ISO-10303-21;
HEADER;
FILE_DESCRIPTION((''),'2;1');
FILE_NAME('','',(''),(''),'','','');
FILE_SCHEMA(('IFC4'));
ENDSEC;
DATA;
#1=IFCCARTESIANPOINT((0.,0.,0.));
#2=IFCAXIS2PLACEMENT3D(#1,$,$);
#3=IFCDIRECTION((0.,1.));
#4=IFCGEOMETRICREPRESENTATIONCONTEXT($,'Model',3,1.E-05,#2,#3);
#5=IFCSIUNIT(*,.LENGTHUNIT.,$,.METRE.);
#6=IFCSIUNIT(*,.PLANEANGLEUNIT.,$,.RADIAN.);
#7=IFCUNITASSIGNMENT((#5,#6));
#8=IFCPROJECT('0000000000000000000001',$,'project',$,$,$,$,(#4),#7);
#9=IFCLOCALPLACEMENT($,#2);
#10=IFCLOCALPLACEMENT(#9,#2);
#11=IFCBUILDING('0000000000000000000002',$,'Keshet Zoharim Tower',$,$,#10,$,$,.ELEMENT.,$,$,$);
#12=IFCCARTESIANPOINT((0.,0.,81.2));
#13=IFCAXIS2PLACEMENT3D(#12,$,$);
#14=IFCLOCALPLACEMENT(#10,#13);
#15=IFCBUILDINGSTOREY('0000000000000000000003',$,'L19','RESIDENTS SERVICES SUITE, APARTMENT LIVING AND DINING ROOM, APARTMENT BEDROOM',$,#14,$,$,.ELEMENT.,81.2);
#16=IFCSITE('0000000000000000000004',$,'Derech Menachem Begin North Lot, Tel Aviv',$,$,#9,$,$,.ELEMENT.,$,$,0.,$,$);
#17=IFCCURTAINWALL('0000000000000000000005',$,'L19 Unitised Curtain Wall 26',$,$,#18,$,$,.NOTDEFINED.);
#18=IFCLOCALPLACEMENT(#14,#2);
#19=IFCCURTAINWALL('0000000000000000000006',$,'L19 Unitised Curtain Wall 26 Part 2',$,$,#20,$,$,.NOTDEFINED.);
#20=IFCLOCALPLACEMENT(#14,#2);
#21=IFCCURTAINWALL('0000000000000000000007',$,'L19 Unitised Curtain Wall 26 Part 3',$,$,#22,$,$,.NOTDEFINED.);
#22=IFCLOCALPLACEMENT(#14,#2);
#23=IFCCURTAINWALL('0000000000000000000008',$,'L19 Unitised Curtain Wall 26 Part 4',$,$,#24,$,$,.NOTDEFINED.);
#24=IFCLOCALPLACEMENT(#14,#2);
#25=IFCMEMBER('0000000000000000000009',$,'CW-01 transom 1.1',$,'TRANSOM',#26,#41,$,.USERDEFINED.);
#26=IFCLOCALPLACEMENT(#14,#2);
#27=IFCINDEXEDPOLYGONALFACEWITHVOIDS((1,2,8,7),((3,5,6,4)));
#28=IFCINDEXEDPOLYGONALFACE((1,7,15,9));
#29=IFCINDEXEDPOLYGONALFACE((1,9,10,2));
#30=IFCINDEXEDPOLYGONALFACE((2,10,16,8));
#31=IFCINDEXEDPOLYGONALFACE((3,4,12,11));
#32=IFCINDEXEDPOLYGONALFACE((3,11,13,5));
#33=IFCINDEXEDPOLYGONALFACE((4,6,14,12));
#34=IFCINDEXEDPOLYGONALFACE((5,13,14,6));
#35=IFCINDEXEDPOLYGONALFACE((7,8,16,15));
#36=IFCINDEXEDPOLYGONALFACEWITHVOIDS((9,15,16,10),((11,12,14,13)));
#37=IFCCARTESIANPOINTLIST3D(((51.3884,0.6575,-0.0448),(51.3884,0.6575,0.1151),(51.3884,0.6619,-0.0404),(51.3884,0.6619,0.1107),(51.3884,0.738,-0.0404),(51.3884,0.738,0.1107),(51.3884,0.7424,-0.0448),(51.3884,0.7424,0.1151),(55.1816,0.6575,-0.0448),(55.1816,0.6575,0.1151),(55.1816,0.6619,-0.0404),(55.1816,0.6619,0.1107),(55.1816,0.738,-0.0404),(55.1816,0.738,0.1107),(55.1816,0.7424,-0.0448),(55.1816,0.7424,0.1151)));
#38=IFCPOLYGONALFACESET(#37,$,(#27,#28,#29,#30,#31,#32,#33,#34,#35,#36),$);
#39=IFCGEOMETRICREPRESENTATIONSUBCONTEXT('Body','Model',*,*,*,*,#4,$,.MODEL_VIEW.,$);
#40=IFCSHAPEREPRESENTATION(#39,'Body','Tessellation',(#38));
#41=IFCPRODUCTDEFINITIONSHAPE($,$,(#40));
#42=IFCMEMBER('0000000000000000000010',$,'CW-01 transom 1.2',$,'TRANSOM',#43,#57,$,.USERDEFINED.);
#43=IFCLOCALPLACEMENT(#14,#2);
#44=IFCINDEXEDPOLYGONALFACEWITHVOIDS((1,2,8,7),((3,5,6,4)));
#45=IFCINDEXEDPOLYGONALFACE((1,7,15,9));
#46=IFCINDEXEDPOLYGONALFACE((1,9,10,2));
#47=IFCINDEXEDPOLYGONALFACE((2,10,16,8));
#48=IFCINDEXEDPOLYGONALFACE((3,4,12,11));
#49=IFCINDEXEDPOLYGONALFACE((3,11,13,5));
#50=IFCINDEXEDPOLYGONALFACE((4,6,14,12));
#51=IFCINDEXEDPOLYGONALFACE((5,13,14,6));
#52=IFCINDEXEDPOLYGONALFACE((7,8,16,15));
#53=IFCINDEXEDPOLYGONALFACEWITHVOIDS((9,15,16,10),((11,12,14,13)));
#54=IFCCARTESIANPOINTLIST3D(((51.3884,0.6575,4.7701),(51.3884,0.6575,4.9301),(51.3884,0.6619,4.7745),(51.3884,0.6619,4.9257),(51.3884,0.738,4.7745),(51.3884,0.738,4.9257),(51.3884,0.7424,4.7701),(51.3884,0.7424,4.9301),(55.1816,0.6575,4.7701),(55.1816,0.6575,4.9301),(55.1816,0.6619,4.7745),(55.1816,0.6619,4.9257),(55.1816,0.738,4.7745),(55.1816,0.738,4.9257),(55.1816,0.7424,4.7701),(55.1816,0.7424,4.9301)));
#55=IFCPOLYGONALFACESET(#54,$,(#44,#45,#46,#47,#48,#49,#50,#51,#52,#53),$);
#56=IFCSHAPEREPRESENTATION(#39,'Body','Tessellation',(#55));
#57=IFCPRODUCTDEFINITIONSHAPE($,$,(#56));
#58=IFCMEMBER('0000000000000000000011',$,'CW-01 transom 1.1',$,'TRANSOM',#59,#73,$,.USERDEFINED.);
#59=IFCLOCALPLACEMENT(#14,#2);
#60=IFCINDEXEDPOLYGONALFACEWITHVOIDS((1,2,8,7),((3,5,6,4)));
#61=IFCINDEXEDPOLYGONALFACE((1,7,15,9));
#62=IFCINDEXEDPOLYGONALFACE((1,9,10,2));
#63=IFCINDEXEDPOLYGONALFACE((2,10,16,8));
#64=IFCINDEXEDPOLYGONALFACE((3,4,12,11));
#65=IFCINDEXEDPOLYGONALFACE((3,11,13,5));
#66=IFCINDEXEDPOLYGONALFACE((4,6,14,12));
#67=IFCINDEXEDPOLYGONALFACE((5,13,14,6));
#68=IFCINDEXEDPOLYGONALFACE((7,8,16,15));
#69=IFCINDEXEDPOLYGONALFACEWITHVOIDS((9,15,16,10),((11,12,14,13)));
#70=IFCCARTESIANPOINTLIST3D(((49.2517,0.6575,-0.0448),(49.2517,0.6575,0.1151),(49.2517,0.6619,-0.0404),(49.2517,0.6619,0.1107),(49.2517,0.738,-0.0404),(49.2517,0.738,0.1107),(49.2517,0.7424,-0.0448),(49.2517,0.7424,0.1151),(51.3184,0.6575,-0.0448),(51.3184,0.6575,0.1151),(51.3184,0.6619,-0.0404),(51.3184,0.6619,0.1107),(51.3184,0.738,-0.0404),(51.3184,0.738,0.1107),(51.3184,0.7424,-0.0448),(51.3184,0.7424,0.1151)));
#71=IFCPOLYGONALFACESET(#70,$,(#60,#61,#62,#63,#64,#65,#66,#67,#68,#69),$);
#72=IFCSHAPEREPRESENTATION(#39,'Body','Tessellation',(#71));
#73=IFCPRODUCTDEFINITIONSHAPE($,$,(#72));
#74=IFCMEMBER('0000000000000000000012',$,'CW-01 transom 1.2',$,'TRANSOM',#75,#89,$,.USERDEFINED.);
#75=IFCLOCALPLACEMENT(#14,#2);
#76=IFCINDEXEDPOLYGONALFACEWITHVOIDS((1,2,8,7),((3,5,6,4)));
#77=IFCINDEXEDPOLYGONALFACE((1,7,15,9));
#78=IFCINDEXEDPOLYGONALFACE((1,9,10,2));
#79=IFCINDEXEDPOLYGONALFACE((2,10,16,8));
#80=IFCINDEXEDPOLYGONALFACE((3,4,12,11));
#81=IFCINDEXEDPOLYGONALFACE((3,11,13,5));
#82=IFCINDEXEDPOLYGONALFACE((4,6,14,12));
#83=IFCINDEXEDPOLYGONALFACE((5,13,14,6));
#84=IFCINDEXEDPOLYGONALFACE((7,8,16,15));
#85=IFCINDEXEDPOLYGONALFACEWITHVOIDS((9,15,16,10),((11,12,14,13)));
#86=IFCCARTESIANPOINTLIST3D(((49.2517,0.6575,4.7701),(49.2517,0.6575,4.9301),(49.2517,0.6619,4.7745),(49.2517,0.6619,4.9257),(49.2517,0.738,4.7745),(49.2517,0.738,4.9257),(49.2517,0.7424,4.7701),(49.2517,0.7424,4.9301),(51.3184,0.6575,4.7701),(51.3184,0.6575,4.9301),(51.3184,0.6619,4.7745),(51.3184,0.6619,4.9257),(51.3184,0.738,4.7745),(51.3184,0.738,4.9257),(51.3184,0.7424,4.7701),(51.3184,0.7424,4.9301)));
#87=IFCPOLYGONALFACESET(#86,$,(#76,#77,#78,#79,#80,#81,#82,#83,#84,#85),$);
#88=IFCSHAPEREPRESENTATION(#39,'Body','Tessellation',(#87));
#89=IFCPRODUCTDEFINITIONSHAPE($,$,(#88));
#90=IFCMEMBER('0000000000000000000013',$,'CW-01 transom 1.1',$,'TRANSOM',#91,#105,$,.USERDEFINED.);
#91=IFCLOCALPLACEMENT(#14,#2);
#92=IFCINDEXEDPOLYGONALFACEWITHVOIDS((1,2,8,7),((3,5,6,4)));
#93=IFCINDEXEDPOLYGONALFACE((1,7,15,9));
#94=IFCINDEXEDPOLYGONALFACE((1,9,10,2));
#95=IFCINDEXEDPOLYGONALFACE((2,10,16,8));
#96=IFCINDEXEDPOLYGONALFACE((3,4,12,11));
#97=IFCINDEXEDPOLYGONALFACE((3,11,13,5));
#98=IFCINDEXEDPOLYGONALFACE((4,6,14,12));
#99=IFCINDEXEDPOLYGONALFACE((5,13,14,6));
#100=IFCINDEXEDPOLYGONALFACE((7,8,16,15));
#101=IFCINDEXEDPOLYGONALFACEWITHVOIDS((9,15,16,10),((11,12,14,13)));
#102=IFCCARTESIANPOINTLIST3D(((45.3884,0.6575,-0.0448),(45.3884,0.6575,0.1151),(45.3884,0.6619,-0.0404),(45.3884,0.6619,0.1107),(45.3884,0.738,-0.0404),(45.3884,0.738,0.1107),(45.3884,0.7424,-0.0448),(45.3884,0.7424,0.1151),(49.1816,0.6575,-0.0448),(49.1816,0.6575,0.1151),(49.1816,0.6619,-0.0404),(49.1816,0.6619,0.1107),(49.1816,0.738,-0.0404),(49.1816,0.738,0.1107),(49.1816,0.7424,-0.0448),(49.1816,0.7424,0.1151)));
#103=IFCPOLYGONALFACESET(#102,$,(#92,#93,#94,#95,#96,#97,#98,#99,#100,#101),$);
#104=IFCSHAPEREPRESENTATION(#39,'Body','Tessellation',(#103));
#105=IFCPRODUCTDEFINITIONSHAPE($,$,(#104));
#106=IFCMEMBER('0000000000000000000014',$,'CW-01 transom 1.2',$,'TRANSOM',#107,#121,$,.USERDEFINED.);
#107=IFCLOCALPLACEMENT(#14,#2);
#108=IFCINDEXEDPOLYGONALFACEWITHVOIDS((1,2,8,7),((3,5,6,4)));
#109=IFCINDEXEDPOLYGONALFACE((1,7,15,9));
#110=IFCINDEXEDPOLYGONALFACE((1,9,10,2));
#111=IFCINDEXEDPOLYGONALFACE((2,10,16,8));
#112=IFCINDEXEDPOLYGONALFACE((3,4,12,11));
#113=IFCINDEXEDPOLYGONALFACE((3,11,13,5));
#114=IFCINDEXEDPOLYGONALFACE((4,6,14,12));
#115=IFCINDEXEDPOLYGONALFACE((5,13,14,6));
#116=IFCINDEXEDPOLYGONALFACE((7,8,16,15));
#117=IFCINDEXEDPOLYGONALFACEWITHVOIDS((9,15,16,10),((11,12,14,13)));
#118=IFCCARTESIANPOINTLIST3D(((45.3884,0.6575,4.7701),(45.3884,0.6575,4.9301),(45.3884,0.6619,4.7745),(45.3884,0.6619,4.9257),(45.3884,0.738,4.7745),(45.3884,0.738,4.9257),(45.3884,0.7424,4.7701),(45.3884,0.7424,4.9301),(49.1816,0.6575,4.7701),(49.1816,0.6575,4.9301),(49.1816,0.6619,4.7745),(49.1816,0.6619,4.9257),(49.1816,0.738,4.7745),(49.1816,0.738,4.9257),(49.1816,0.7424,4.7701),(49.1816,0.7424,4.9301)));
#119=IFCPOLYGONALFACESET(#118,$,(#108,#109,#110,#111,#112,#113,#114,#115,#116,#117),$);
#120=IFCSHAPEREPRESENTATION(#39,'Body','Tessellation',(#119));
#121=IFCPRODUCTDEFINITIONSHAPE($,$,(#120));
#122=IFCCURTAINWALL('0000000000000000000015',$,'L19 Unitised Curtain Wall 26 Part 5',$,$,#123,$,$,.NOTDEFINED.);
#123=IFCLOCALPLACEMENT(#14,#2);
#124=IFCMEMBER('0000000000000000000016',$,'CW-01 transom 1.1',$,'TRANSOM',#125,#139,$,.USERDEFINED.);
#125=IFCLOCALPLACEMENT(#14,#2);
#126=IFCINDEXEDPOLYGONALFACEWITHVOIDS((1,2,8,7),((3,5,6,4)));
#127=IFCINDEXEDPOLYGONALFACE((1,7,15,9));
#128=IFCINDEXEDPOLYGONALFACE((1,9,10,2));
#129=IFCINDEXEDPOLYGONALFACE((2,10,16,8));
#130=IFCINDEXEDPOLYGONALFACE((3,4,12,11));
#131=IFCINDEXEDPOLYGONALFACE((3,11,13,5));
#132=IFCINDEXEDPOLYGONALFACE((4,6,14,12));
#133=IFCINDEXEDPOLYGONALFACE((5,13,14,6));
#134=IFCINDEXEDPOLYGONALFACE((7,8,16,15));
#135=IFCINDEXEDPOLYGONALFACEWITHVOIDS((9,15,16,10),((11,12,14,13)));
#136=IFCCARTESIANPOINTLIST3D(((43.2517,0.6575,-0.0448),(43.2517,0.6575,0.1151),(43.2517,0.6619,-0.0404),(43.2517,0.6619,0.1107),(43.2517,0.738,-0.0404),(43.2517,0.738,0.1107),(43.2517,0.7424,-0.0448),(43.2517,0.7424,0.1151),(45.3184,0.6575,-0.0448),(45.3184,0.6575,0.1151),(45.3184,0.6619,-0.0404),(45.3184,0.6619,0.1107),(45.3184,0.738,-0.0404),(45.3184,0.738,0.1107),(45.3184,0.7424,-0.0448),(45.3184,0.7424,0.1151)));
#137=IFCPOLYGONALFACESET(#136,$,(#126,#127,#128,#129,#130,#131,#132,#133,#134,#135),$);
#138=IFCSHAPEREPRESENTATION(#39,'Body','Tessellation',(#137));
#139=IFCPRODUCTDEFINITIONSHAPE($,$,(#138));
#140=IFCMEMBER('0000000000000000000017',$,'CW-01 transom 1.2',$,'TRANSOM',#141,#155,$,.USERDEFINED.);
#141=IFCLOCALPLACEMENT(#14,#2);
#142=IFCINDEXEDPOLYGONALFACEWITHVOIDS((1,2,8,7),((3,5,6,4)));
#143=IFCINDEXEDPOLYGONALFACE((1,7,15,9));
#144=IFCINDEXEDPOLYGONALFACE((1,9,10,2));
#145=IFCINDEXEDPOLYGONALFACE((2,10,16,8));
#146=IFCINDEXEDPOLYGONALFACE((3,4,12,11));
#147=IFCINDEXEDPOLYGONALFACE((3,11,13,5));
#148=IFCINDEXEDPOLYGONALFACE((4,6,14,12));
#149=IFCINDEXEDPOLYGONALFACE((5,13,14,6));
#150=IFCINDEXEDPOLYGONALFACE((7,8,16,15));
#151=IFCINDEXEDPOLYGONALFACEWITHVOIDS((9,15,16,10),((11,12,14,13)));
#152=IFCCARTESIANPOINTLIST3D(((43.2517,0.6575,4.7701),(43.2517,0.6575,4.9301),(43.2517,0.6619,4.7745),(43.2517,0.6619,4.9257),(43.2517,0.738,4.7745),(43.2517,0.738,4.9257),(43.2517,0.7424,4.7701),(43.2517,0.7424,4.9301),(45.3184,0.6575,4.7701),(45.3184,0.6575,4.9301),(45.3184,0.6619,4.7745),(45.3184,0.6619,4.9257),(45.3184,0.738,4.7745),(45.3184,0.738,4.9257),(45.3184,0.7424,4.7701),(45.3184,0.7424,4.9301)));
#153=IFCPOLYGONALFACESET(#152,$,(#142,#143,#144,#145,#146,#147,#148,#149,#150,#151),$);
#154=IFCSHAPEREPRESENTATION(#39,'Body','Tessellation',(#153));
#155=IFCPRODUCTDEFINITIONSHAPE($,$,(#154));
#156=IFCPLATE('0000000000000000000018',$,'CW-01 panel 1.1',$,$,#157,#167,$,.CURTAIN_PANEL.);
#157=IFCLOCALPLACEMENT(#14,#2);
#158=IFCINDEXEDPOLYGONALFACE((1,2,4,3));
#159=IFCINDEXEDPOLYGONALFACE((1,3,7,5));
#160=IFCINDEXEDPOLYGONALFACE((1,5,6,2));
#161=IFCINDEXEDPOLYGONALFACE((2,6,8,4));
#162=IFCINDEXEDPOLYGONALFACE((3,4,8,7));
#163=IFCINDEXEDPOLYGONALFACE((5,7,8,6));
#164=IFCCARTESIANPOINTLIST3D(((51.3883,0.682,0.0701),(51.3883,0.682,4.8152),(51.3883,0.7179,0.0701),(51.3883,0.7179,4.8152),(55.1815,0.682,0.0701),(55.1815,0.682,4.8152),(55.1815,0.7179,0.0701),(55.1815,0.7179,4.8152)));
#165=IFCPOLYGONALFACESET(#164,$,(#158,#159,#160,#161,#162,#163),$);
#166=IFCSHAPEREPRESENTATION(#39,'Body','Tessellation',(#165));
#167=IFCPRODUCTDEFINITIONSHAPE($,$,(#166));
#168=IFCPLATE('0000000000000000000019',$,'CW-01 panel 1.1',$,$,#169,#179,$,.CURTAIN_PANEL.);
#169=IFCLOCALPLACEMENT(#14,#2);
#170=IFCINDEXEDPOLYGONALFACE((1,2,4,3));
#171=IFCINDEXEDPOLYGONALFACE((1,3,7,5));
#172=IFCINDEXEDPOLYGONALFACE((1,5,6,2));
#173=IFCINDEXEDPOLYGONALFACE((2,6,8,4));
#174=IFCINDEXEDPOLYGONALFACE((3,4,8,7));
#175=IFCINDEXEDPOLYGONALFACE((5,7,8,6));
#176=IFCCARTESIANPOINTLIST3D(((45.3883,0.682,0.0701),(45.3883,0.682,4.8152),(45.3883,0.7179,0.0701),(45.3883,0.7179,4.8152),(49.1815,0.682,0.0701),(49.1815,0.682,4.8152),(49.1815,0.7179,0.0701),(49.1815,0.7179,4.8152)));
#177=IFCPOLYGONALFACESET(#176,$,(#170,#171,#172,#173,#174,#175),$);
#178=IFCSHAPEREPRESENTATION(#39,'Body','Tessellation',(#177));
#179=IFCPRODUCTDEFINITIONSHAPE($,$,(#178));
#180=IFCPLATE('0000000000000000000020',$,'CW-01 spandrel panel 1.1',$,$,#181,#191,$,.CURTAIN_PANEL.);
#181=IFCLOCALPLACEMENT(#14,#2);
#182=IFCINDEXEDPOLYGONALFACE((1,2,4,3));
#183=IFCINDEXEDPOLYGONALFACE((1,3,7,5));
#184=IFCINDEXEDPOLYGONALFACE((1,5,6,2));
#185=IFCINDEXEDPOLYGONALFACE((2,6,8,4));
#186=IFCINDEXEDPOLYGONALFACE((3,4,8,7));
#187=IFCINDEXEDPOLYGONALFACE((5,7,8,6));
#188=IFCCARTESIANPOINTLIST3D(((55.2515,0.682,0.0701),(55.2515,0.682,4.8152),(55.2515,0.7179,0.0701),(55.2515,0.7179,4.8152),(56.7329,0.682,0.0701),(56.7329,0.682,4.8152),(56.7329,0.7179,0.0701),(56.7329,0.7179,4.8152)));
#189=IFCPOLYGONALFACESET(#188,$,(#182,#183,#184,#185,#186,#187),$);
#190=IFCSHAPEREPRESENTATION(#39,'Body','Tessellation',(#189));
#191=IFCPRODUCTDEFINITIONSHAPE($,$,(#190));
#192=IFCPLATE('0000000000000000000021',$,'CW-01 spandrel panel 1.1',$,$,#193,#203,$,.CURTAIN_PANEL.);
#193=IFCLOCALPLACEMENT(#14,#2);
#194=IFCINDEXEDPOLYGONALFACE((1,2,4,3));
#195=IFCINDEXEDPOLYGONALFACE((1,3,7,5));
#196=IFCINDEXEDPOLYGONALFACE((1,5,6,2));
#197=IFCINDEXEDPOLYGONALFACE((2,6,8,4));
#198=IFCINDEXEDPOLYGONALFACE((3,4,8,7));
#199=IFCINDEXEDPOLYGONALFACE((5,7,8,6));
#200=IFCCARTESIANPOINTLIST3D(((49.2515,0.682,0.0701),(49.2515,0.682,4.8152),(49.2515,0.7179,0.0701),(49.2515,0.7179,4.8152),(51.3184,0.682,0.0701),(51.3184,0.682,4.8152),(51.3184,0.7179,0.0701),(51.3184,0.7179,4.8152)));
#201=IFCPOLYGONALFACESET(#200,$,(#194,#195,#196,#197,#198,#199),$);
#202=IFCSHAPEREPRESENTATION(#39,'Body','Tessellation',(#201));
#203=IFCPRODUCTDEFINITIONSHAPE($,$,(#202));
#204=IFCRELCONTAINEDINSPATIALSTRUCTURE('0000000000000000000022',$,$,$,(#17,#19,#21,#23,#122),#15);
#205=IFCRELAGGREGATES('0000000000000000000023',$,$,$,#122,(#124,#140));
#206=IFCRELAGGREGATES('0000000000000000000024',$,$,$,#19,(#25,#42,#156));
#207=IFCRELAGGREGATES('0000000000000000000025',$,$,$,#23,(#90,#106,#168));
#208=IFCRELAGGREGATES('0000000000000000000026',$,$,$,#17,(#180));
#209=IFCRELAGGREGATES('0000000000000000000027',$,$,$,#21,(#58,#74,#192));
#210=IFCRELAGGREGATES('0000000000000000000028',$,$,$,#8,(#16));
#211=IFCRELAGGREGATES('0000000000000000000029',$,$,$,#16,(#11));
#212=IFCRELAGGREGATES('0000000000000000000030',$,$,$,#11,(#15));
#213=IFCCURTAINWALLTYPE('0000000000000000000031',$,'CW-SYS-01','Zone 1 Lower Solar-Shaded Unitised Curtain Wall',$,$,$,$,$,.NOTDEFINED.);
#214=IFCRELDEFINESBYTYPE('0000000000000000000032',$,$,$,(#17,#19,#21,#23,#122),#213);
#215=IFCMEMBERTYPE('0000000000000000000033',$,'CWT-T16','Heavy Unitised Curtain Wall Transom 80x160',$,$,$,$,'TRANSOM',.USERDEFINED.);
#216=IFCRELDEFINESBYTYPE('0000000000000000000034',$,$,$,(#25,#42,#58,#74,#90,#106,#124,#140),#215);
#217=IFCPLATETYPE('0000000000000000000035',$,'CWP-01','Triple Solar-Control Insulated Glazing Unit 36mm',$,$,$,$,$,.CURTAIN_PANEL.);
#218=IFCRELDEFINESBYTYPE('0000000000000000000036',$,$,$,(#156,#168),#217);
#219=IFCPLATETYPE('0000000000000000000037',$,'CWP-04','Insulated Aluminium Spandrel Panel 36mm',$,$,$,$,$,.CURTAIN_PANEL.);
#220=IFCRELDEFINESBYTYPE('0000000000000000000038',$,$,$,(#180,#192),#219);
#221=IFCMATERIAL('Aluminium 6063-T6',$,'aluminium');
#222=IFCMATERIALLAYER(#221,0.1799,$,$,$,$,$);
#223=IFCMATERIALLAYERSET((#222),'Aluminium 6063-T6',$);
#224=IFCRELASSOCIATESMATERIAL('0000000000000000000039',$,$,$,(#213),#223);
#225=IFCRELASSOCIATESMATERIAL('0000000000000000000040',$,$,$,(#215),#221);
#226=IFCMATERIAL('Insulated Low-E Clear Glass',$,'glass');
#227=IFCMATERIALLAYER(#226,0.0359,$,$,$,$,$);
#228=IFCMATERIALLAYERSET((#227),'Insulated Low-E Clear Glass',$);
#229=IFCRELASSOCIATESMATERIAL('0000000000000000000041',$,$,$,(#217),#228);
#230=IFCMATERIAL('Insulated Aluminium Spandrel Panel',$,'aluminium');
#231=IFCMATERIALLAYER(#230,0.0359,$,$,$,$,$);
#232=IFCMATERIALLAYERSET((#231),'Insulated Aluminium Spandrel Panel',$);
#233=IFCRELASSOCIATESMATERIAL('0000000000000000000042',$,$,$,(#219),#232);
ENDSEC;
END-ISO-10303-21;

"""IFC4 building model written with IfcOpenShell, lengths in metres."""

from ifc_helpers import new_model, si_unit, direction, frame, origin, origin_2d, place, context, subcontext, project, spatial, rectangle, hollow_rectangle, extrude, material, layer, layer_set, material_profile, profile_set, type_object, element, aggregate, save


model = new_model("IFC4")

# Units and contexts
model_context = context("Model", 3, precision=1e-05, world=origin(), true_north=direction((0.0, 1.0)))
body_context = subcontext(model_context, "Body", "Model", "MODEL_VIEW")
ifc_project = project(units=[si_unit("LENGTHUNIT", "METRE"), si_unit("PLANEANGLEUNIT", "RADIAN")], contexts=[model_context])

# Site, building, storey
site_placement = place(None, origin())
site = spatial("IfcSite", under=ifc_project, at=site_placement, Name="Derech Menachem Begin North Lot, Tel Aviv", CompositionType="ELEMENT", RefElevation=0.0)
building_placement = place(site_placement, origin())
building = spatial("IfcBuilding", under=site, at=building_placement, Name="Keshet Zoharim Tower", CompositionType="ELEMENT")
storey_placement = place(building_placement, frame((0.0, 0.0, 81.2)))
storey = spatial("IfcBuildingStorey", under=building, at=storey_placement, Name="L19", Description="RESIDENTS SERVICES SUITE, APARTMENT LIVING AND DINING ROOM, APARTMENT BEDROOM", CompositionType="ELEMENT", Elevation=81.2)

# Curtain walls
ifc_material_1 = material(Name="Aluminium 6063-T6", Category="aluminium")
ifc_layer_1 = layer(ifc_material_1, 0.1799)
ifc_layer_set_1 = layer_set([ifc_layer_1], Name="Aluminium 6063-T6")
curtain_wall_type = type_object("IfcCurtainWallType", Name="CW-SYS-01", Description="Zone 1 Lower Solar-Shaded Unitised Curtain Wall", PredefinedType="NOTDEFINED", material=ifc_layer_set_1)
curtain_wall_1_placement = place(storey_placement, origin())
curtain_wall_1 = element("IfcCurtainWall", 1, at=curtain_wall_1_placement, inside=storey, type_object=curtain_wall_type, Name="L19 Unitised Curtain Wall 26", PredefinedType="NOTDEFINED")
curtain_wall_2_placement = place(storey_placement, origin())
curtain_wall_2 = element("IfcCurtainWall", 2, at=curtain_wall_2_placement, inside=storey, type_object=curtain_wall_type, Name="L19 Unitised Curtain Wall 26 Part 2", PredefinedType="NOTDEFINED")
curtain_wall_3_placement = place(storey_placement, origin())
curtain_wall_3 = element("IfcCurtainWall", 3, at=curtain_wall_3_placement, inside=storey, type_object=curtain_wall_type, Name="L19 Unitised Curtain Wall 26 Part 3", PredefinedType="NOTDEFINED")
curtain_wall_4_placement = place(storey_placement, origin())
curtain_wall_4 = element("IfcCurtainWall", 4, at=curtain_wall_4_placement, inside=storey, type_object=curtain_wall_type, Name="L19 Unitised Curtain Wall 26 Part 4", PredefinedType="NOTDEFINED")

# Members
ifc_material_profile_1 = material_profile(ifc_material_1, hollow_rectangle(XDim=0.085, YDim=0.1599, WallThickness=0.0044, at=origin_2d()), Name="TRN-85x160")
ifc_profile_set_1 = profile_set([ifc_material_profile_1], Name="Aluminium 6063-T6")
member_type_1 = type_object("IfcMemberType", Name="CWT-T16", Description="Heavy Unitised Curtain Wall Transom 80x160", ElementType="TRANSOM", PredefinedType="USERDEFINED", material=ifc_profile_set_1)
member_1_placement = place(storey_placement, frame((55.1816, 0.7, 0.0352), z_axis=(-1.0, 0.0, 0.0), x_axis=(0.0, -1.0, 0.0)))
member_1 = element("IfcMember", 5, at=member_1_placement, type_object=member_type_1, Name="CW-01 transom 1.1", ObjectType="TRANSOM", PredefinedType="USERDEFINED", context=body_context, shape_type="SweptSolid", body=[
    extrude(hollow_rectangle(XDim=0.085, YDim=0.1599, WallThickness=0.0044, at=origin_2d()), origin(), (0.0, 0.0, 1.0), 3.7932),
])
member_2_placement = place(storey_placement, frame((55.1816, 0.7, 4.8501), z_axis=(-1.0, 0.0, 0.0), x_axis=(0.0, -1.0, 0.0)))
member_2 = element("IfcMember", 6, at=member_2_placement, type_object=member_type_1, Name="CW-01 transom 1.2", ObjectType="TRANSOM", PredefinedType="USERDEFINED", context=body_context, shape_type="SweptSolid", body=[
    extrude(hollow_rectangle(XDim=0.085, YDim=0.1599, WallThickness=0.0044, at=origin_2d()), origin(), (0.0, 0.0, 1.0), 3.7932),
])
member_3_placement = place(storey_placement, frame((51.3184, 0.7, 0.0352), z_axis=(-1.0, 0.0, 0.0), x_axis=(0.0, -1.0, 0.0)))
member_3 = element("IfcMember", 7, at=member_3_placement, type_object=member_type_1, Name="CW-01 transom 1.1", ObjectType="TRANSOM", PredefinedType="USERDEFINED", context=body_context, shape_type="SweptSolid", body=[
    extrude(hollow_rectangle(XDim=0.085, YDim=0.1599, WallThickness=0.0044, at=origin_2d()), origin(), (0.0, 0.0, 1.0), 2.0667),
])
member_4_placement = place(storey_placement, frame((51.3184, 0.7, 4.8501), z_axis=(-1.0, 0.0, 0.0), x_axis=(0.0, -1.0, 0.0)))
member_4 = element("IfcMember", 8, at=member_4_placement, type_object=member_type_1, Name="CW-01 transom 1.2", ObjectType="TRANSOM", PredefinedType="USERDEFINED", context=body_context, shape_type="SweptSolid", body=[
    extrude(hollow_rectangle(XDim=0.085, YDim=0.1599, WallThickness=0.0044, at=origin_2d()), origin(), (0.0, 0.0, 1.0), 2.0667),
])
member_5_placement = place(storey_placement, frame((49.1816, 0.7, 0.0352), z_axis=(-1.0, 0.0, 0.0), x_axis=(0.0, -1.0, 0.0)))
member_5 = element("IfcMember", 9, at=member_5_placement, type_object=member_type_1, Name="CW-01 transom 1.1", ObjectType="TRANSOM", PredefinedType="USERDEFINED", context=body_context, shape_type="SweptSolid", body=[
    extrude(hollow_rectangle(XDim=0.085, YDim=0.1599, WallThickness=0.0044, at=origin_2d()), origin(), (0.0, 0.0, 1.0), 3.7932),
])
member_6_placement = place(storey_placement, frame((49.1816, 0.7, 4.8501), z_axis=(-1.0, 0.0, 0.0), x_axis=(0.0, -1.0, 0.0)))
member_6 = element("IfcMember", 10, at=member_6_placement, type_object=member_type_1, Name="CW-01 transom 1.2", ObjectType="TRANSOM", PredefinedType="USERDEFINED", context=body_context, shape_type="SweptSolid", body=[
    extrude(hollow_rectangle(XDim=0.085, YDim=0.1599, WallThickness=0.0044, at=origin_2d()), origin(), (0.0, 0.0, 1.0), 3.7932),
])

# Curtain wall, members
curtain_wall_5_placement = place(storey_placement, origin())
curtain_wall_5 = element("IfcCurtainWall", 11, at=curtain_wall_5_placement, inside=storey, type_object=curtain_wall_type, Name="L19 Unitised Curtain Wall 26 Part 5", PredefinedType="NOTDEFINED")
member_7_placement = place(storey_placement, frame((45.3184, 0.7, 0.0352), z_axis=(-1.0, 0.0, 0.0), x_axis=(0.0, -1.0, 0.0)))
member_7 = element("IfcMember", 12, at=member_7_placement, type_object=member_type_1, Name="CW-01 transom 1.1", ObjectType="TRANSOM", PredefinedType="USERDEFINED", context=body_context, shape_type="SweptSolid", body=[
    extrude(hollow_rectangle(XDim=0.085, YDim=0.1599, WallThickness=0.0044, at=origin_2d()), origin(), (0.0, 0.0, 1.0), 2.0667),
])
member_8_placement = place(storey_placement, frame((45.3184, 0.7, 4.8501), z_axis=(-1.0, 0.0, 0.0), x_axis=(0.0, -1.0, 0.0)))
member_8 = element("IfcMember", 13, at=member_8_placement, type_object=member_type_1, Name="CW-01 transom 1.2", ObjectType="TRANSOM", PredefinedType="USERDEFINED", context=body_context, shape_type="SweptSolid", body=[
    extrude(hollow_rectangle(XDim=0.085, YDim=0.1599, WallThickness=0.0044, at=origin_2d()), origin(), (0.0, 0.0, 1.0), 2.0667),
])
aggregate(curtain_wall_5, [member_7, member_8])

# Plates
ifc_material_2 = material(Name="Insulated Low-E Clear Glass", Category="glass")
ifc_layer_2 = layer(ifc_material_2, 0.0359)
ifc_layer_set_2 = layer_set([ifc_layer_2], Name="Insulated Low-E Clear Glass")
plate_type_1 = type_object("IfcPlateType", Name="CWP-01", Description="Triple Solar-Control Insulated Glazing Unit 36mm", PredefinedType="CURTAIN_PANEL", material=ifc_layer_set_2)
plate_1_placement = place(storey_placement, frame((53.2849, 0.7, 0.0701), z_axis=(0.0, 0.0, 1.0), x_axis=(-1.0, 0.0, 0.0)))
plate_1 = element("IfcPlate", 14, at=plate_1_placement, type_object=plate_type_1, Name="CW-01 panel 1.1", PredefinedType="CURTAIN_PANEL", context=body_context, shape_type="SweptSolid", body=[
    extrude(rectangle(XDim=3.7932, YDim=0.0359, at=origin_2d()), origin(), (0.0, 0.0, 1.0), 4.7451),
])
aggregate(curtain_wall_2, [member_1, member_2, plate_1])
plate_2_placement = place(storey_placement, frame((47.2849, 0.7, 0.0701), z_axis=(0.0, 0.0, 1.0), x_axis=(-1.0, 0.0, 0.0)))
plate_2 = element("IfcPlate", 15, at=plate_2_placement, type_object=plate_type_1, Name="CW-01 panel 1.1", PredefinedType="CURTAIN_PANEL", context=body_context, shape_type="SweptSolid", body=[
    extrude(rectangle(XDim=3.7932, YDim=0.0359, at=origin_2d()), origin(), (0.0, 0.0, 1.0), 4.7451),
])
aggregate(curtain_wall_4, [member_5, member_6, plate_2])
ifc_material_3 = material(Name="Insulated Aluminium Spandrel Panel", Category="aluminium")
ifc_layer_3 = layer(ifc_material_3, 0.0359)
ifc_layer_set_3 = layer_set([ifc_layer_3], Name="Insulated Aluminium Spandrel Panel")
plate_type_2 = type_object("IfcPlateType", Name="CWP-04", Description="Insulated Aluminium Spandrel Panel 36mm", PredefinedType="CURTAIN_PANEL", material=ifc_layer_set_3)
plate_3_placement = place(storey_placement, frame((55.9922, 0.7, 0.0701), z_axis=(0.0, 0.0, 1.0), x_axis=(-1.0, 0.0, 0.0)))
plate_3 = element("IfcPlate", 16, at=plate_3_placement, type_object=plate_type_2, Name="CW-01 spandrel panel 1.1", PredefinedType="CURTAIN_PANEL", context=body_context, shape_type="SweptSolid", body=[
    extrude(rectangle(XDim=1.4814, YDim=0.0359, at=origin_2d()), origin(), (0.0, 0.0, 1.0), 4.7451),
])
aggregate(curtain_wall_1, [plate_3])
plate_4_placement = place(storey_placement, frame((50.2849, 0.7, 0.0701), z_axis=(0.0, 0.0, 1.0), x_axis=(-1.0, 0.0, 0.0)))
plate_4 = element("IfcPlate", 17, at=plate_4_placement, type_object=plate_type_2, Name="CW-01 spandrel panel 1.1", PredefinedType="CURTAIN_PANEL", context=body_context, shape_type="SweptSolid", body=[
    extrude(rectangle(XDim=2.0669, YDim=0.0359, at=origin_2d()), origin(), (0.0, 0.0, 1.0), 4.7451),
])
aggregate(curtain_wall_3, [member_3, member_4, plate_4])

save(model, "model.ifc")
